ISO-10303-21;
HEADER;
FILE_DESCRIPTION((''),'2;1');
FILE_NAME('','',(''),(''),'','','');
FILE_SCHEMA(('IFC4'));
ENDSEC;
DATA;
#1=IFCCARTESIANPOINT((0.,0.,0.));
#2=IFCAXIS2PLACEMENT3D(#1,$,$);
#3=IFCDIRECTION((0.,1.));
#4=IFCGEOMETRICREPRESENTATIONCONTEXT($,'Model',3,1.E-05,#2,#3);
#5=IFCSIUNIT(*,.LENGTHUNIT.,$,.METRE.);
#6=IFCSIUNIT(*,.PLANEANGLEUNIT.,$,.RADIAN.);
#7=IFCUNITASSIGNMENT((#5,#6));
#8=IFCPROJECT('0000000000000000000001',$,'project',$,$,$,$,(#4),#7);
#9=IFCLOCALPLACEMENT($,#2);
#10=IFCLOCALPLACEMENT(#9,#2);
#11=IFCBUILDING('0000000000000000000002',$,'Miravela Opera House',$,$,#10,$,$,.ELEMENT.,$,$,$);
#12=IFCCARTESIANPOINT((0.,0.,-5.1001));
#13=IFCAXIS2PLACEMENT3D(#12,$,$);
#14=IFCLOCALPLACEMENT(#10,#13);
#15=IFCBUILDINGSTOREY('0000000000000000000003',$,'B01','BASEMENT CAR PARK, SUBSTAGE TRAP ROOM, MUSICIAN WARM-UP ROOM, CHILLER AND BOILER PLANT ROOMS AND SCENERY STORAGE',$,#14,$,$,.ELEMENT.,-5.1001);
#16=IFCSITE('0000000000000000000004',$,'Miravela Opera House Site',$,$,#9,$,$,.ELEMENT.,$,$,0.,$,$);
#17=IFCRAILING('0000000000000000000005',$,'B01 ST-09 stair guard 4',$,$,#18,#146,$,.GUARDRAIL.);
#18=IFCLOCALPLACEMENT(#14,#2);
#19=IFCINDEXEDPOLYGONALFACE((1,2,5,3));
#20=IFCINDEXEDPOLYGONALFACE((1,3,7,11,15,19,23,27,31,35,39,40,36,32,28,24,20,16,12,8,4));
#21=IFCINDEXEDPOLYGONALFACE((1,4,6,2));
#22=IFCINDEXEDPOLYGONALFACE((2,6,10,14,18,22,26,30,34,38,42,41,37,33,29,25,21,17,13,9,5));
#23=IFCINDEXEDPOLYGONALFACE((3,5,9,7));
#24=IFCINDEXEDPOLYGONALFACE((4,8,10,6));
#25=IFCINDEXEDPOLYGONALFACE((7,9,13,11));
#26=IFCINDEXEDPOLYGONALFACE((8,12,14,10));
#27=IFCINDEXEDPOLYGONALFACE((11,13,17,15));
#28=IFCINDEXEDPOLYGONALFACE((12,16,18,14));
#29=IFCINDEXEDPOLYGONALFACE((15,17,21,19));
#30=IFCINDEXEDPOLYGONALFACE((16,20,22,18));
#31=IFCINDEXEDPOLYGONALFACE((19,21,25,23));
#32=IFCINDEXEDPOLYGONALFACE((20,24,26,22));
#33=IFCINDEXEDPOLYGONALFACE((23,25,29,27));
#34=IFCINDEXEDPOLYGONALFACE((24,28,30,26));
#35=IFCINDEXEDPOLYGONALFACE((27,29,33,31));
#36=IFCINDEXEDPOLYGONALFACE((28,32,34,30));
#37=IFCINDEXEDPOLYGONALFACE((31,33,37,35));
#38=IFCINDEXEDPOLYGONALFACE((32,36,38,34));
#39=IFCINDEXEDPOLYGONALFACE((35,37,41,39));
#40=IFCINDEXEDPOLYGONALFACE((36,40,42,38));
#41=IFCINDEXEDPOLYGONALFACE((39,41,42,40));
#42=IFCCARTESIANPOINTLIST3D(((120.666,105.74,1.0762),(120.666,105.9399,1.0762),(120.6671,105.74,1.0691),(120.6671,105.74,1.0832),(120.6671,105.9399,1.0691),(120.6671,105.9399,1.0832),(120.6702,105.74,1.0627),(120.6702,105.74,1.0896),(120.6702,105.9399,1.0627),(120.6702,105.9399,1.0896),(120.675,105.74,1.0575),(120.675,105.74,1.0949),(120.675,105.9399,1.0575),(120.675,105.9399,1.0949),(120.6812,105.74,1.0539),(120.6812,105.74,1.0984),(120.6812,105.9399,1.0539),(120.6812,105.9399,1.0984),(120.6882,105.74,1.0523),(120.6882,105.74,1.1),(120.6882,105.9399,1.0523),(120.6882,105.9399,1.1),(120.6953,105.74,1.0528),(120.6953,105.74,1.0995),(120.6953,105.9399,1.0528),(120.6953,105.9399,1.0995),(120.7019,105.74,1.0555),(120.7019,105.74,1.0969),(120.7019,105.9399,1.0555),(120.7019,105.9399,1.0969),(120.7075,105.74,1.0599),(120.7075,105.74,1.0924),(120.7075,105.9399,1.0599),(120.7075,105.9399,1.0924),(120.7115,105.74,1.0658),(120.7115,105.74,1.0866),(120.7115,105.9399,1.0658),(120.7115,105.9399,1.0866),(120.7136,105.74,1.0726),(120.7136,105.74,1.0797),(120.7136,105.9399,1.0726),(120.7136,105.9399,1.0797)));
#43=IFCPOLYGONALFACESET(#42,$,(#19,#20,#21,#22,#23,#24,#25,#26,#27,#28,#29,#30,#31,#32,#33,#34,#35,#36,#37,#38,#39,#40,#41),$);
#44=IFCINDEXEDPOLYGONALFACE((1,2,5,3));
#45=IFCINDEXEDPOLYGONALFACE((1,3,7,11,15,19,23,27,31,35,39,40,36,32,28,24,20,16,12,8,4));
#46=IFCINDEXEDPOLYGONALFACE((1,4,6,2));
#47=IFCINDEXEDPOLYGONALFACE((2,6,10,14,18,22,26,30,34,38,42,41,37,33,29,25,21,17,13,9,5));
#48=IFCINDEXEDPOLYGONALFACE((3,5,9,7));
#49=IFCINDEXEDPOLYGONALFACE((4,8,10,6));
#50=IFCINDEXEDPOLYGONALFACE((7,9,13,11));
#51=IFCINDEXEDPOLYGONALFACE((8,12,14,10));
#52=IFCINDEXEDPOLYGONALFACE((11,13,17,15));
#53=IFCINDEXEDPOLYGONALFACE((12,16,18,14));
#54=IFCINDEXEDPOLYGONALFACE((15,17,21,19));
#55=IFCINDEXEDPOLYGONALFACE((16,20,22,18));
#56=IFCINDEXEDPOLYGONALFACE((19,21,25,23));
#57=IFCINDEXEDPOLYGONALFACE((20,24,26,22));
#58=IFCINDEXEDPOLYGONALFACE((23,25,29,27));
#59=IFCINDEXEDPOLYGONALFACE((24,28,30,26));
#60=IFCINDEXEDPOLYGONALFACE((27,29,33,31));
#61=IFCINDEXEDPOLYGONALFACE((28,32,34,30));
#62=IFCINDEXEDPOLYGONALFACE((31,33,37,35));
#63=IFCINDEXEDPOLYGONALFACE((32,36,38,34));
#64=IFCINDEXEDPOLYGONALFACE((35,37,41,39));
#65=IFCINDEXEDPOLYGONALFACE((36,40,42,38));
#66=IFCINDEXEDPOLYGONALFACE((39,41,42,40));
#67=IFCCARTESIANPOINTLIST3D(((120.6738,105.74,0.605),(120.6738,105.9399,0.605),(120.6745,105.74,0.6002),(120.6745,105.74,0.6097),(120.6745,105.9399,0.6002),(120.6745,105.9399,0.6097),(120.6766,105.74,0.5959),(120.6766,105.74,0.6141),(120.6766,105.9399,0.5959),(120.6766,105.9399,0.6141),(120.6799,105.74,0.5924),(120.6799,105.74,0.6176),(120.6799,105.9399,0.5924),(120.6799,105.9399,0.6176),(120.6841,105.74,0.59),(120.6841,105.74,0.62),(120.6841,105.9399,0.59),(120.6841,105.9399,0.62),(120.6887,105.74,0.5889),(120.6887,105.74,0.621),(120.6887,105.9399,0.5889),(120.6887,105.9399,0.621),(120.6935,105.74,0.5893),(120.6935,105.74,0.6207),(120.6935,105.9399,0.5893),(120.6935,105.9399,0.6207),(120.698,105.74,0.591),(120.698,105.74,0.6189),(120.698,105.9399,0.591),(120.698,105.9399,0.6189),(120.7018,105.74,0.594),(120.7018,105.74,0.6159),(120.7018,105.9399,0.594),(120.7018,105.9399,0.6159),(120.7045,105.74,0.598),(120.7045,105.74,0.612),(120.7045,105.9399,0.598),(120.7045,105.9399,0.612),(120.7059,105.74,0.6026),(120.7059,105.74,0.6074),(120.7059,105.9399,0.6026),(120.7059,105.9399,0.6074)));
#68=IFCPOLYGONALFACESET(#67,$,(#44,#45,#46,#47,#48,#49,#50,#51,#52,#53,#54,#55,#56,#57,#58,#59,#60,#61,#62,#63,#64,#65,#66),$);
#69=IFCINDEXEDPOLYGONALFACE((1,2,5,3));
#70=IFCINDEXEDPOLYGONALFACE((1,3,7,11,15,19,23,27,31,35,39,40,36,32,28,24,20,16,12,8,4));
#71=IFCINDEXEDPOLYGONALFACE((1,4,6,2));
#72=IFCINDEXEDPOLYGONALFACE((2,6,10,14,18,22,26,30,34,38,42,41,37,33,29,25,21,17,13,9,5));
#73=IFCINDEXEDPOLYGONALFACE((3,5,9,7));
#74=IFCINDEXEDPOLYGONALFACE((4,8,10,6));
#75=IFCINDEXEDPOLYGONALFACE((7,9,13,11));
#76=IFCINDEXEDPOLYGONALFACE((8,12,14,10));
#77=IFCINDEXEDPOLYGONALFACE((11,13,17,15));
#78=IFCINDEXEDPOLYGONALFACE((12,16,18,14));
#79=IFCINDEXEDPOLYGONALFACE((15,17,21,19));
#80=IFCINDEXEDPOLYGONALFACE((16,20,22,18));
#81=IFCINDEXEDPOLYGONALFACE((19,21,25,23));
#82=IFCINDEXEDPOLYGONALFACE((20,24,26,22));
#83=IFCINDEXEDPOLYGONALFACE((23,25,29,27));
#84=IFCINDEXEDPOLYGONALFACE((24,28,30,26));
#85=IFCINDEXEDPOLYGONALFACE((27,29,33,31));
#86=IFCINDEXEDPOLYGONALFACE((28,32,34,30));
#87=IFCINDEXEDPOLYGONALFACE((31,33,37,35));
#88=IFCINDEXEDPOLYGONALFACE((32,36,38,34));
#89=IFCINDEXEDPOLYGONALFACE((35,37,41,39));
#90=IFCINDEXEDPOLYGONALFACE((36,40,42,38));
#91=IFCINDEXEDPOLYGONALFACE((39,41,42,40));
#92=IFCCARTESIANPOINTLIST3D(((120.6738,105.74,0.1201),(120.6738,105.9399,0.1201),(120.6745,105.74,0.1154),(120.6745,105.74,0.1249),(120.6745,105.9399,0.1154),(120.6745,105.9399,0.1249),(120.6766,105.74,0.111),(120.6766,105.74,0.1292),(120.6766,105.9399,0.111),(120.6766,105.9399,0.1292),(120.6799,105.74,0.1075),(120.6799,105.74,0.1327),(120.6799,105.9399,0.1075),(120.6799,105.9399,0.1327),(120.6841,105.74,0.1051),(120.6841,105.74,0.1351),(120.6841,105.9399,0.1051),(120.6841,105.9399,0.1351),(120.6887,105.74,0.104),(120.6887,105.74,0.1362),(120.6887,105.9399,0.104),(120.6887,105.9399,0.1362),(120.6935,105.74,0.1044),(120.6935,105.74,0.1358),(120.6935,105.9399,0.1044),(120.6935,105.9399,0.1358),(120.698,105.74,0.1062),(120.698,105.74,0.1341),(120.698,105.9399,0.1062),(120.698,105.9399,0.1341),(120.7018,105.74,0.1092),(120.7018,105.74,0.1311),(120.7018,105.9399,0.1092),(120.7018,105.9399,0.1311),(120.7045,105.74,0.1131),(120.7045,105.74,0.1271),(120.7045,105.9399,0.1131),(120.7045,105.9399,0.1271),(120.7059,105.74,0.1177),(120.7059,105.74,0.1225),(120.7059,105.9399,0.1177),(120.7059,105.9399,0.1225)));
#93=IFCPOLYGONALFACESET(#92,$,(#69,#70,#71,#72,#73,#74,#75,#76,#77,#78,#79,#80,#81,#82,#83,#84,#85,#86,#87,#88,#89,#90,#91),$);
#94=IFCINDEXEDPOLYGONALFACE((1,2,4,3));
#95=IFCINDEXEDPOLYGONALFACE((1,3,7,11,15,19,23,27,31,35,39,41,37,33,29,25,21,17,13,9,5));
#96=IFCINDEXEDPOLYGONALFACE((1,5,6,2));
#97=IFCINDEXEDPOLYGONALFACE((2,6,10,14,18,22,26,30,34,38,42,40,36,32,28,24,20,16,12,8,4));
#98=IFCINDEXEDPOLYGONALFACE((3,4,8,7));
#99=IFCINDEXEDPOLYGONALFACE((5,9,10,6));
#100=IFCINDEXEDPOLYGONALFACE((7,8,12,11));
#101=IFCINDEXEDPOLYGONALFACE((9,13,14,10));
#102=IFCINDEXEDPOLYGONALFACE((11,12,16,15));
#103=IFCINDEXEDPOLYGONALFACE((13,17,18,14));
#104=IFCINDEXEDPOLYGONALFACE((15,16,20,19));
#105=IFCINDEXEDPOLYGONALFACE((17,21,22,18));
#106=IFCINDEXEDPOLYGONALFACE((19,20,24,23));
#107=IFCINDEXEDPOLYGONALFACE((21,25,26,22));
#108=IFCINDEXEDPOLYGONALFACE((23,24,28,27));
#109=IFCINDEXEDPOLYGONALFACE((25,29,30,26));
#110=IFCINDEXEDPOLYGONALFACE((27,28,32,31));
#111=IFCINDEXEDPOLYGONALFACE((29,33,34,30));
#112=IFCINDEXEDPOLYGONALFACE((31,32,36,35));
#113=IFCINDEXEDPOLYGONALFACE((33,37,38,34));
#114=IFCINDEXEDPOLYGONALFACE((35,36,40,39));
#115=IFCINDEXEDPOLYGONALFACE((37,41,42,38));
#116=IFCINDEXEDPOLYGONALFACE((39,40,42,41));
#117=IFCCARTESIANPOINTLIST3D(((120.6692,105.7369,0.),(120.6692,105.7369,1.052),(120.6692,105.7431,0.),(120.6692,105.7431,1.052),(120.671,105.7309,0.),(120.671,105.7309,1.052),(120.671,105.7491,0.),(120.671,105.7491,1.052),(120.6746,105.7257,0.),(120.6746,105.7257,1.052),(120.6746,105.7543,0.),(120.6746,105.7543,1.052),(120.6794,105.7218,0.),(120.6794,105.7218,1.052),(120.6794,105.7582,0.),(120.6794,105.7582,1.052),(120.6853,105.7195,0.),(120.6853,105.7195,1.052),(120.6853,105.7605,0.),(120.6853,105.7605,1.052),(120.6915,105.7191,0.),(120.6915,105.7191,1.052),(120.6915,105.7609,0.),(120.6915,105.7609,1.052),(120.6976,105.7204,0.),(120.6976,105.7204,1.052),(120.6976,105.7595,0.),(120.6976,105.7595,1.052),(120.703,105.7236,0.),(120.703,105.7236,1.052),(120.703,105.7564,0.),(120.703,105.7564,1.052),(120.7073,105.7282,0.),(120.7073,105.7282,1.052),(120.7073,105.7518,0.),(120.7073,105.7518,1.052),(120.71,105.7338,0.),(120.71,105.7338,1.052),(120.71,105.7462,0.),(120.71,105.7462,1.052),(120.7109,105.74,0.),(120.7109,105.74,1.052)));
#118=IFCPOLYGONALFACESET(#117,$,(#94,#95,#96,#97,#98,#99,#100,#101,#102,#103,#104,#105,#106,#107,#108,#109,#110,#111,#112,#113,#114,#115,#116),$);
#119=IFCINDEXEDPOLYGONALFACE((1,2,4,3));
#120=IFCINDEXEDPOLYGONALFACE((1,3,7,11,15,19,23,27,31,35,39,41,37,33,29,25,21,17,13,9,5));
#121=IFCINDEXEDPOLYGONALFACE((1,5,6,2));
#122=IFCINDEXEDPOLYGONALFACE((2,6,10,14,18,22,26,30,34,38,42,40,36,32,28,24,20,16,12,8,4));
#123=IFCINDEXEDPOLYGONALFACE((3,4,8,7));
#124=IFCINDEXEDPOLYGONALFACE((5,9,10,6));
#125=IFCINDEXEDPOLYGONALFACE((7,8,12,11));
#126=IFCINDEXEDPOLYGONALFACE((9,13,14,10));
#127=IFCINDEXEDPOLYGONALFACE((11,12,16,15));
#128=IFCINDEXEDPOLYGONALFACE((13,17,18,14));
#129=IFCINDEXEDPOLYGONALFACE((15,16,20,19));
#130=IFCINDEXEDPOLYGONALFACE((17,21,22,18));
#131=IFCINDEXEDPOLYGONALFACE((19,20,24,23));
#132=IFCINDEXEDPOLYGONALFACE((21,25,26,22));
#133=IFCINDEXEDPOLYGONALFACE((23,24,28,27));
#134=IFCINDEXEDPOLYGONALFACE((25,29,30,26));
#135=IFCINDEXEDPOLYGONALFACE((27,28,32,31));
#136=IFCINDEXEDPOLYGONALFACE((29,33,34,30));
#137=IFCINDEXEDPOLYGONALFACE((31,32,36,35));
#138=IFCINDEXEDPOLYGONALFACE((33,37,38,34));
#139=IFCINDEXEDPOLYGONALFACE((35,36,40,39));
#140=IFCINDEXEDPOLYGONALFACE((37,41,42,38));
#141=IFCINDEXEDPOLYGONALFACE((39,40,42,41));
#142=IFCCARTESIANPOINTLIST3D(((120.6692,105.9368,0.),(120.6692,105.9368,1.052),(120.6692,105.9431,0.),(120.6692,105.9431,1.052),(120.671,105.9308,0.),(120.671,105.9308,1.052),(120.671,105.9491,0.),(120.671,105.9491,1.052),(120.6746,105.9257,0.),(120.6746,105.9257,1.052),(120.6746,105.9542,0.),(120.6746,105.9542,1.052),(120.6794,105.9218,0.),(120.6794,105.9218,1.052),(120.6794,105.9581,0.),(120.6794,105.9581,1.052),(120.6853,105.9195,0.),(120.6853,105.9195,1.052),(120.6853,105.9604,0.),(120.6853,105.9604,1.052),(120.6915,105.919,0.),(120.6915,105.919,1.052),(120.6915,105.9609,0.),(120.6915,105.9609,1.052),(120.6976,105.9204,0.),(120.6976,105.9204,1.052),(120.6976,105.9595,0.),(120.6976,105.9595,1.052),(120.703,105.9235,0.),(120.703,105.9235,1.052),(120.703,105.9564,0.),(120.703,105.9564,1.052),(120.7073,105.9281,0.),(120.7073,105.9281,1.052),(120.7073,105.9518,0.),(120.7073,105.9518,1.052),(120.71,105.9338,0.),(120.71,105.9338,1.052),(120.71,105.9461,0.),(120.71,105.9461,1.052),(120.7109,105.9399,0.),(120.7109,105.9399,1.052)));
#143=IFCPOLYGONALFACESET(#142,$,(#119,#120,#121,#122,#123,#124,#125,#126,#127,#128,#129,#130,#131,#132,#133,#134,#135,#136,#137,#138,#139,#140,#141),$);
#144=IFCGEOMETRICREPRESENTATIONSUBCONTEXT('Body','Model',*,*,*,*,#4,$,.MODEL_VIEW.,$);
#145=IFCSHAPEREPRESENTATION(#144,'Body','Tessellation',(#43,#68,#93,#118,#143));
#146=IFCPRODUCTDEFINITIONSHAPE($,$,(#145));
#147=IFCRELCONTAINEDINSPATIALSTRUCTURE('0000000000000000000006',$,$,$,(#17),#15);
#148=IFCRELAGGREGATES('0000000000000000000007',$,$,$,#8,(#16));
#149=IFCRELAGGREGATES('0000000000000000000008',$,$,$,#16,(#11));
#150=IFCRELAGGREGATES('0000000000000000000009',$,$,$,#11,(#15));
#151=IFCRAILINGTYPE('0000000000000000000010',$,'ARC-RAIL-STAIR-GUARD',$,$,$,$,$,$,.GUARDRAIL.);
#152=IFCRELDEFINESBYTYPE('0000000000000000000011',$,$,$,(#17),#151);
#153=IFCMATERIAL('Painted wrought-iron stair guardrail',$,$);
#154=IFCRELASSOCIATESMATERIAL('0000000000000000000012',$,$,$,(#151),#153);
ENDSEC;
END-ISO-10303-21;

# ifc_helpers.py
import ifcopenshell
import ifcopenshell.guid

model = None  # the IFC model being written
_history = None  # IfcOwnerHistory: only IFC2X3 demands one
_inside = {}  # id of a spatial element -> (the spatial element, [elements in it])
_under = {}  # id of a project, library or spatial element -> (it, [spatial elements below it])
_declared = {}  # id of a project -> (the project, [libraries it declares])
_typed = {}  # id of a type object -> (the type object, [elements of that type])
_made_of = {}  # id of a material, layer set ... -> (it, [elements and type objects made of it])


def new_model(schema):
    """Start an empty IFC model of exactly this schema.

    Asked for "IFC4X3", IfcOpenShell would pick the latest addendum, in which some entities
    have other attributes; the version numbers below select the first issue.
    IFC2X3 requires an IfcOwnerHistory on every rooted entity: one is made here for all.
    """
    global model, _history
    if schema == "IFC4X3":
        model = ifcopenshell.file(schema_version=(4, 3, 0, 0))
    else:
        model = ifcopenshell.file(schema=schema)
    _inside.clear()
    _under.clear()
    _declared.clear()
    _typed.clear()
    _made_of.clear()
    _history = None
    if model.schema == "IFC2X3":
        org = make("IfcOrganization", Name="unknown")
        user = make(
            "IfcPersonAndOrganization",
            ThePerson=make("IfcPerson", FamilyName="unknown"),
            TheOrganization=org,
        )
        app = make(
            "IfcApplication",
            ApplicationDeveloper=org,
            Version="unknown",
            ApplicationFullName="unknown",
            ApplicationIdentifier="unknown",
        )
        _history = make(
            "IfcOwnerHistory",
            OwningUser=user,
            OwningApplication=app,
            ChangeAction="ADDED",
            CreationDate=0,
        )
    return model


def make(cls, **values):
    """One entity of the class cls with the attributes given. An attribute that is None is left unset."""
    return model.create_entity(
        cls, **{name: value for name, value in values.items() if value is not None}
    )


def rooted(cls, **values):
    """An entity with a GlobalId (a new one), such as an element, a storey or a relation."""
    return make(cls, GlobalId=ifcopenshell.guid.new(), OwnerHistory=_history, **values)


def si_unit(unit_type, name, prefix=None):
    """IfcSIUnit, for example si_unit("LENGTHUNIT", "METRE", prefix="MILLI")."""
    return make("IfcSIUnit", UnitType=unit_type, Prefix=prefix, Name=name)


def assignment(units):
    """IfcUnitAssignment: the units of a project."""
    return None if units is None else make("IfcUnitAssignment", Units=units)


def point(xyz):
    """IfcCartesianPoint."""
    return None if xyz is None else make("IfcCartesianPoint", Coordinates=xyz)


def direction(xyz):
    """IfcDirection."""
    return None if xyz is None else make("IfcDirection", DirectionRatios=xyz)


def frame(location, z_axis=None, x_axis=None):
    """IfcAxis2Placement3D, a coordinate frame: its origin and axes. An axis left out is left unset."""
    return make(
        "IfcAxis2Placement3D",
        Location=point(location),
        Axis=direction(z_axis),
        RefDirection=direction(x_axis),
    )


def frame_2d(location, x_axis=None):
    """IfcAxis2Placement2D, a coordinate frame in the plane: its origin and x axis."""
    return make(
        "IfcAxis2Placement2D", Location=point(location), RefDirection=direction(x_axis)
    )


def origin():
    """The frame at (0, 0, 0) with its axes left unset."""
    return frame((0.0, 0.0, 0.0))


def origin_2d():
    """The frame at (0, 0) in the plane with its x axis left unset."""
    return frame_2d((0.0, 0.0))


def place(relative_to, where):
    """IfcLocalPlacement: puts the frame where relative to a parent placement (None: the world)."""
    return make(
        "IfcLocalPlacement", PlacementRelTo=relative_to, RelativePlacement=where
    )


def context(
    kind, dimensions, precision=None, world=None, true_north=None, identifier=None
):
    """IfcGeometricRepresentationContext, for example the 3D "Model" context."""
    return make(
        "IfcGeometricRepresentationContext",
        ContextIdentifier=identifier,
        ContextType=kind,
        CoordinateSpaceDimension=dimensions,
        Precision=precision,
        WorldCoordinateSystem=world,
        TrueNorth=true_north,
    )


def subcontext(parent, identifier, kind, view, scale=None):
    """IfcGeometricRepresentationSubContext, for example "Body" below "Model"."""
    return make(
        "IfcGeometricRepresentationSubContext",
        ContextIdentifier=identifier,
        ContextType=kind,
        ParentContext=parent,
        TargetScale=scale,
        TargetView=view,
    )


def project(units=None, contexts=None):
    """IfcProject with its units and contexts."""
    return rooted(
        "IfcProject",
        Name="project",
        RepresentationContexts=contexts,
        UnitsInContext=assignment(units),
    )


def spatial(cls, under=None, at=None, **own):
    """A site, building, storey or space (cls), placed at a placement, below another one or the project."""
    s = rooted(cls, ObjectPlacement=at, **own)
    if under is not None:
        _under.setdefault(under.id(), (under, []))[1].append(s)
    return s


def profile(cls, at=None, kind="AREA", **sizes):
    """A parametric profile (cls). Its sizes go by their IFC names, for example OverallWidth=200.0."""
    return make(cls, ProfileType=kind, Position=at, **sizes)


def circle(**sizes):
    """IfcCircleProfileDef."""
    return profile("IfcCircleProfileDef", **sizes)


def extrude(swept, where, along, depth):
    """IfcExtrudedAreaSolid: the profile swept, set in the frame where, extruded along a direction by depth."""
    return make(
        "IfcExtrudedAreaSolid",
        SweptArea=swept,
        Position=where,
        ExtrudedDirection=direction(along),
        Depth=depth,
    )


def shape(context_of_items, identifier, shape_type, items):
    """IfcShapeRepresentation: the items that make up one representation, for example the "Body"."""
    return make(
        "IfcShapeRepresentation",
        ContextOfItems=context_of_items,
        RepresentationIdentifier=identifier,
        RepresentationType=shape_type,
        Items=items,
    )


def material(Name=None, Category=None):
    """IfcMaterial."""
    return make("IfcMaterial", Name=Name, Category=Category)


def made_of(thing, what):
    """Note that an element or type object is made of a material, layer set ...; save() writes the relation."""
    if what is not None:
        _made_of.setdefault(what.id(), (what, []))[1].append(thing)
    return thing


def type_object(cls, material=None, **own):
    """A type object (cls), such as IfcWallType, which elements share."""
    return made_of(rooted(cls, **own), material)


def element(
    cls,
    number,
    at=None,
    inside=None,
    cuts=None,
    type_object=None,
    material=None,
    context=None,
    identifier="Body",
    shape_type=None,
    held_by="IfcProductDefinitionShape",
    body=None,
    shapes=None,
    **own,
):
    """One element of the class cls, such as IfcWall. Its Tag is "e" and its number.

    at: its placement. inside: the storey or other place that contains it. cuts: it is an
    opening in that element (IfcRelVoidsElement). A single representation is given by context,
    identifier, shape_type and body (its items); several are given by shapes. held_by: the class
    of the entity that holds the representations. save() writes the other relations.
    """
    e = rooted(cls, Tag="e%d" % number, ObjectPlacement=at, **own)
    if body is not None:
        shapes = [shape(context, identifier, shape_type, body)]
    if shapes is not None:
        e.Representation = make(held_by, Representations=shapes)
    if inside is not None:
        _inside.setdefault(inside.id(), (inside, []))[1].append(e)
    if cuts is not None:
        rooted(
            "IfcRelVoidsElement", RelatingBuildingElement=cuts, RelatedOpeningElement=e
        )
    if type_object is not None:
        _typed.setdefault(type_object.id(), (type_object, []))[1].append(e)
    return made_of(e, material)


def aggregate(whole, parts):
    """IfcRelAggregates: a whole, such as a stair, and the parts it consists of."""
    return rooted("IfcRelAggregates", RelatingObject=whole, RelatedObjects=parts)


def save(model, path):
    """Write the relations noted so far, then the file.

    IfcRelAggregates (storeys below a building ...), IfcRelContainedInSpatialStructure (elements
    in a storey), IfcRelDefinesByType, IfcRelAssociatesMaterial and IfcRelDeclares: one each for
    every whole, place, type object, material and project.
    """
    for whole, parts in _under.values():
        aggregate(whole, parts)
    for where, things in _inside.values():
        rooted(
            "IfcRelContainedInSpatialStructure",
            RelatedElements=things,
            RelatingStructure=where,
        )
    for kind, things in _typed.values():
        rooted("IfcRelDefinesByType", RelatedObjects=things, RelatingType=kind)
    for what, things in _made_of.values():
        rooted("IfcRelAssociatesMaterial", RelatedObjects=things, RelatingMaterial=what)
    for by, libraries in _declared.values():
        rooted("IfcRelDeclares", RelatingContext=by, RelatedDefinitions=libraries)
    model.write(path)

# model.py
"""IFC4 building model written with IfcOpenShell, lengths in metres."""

from ifc_helpers import new_model, si_unit, direction, frame, origin, origin_2d, place, context, subcontext, project, spatial, circle, extrude, material, type_object, element, save


model = new_model("IFC4")

# Units and contexts
model_context = context("Model", 3, precision=1e-05, world=origin(), true_north=direction((0.0, 1.0)))
body_context = subcontext(model_context, "Body", "Model", "MODEL_VIEW")
ifc_project = project(units=[si_unit("LENGTHUNIT", "METRE"), si_unit("PLANEANGLEUNIT", "RADIAN")], contexts=[model_context])

# Site, building, storey
site_placement = place(None, origin())
site = spatial("IfcSite", under=ifc_project, at=site_placement, Name="Miravela Opera House Site", CompositionType="ELEMENT", RefElevation=0.0)
building_placement = place(site_placement, origin())
building = spatial("IfcBuilding", under=site, at=building_placement, Name="Miravela Opera House", CompositionType="ELEMENT")
storey_placement = place(building_placement, frame((0.0, 0.0, -5.1001)))
storey = spatial("IfcBuildingStorey", under=building, at=storey_placement, Name="B01", Description="BASEMENT CAR PARK, SUBSTAGE TRAP ROOM, MUSICIAN WARM-UP ROOM, CHILLER AND BOILER PLANT ROOMS AND SCENERY STORAGE", CompositionType="ELEMENT", Elevation=-5.1001)

# Railing
ifc_material_1 = material(Name="Painted wrought-iron stair guardrail")
railing_type_1 = type_object("IfcRailingType", Name="ARC-RAIL-STAIR-GUARD", PredefinedType="GUARDRAIL", material=ifc_material_1)
railing_1_placement = place(storey_placement, frame((120.6899, 105.74, 0.0)))
element("IfcRailing", 1, at=railing_1_placement, inside=storey, type_object=railing_type_1, Name="B01 ST-09 stair guard 4", PredefinedType="GUARDRAIL", context=body_context, shape_type="SweptSolid", body=[
    extrude(circle(Radius=0.0239, at=origin_2d()), frame((0.0, 0.0, 1.0762), z_axis=(0.0, 1.0, 0.0), x_axis=(-1.0, 0.0, 0.0)), (0.0, 0.0, 1.0), 0.2),
    extrude(circle(Radius=0.0161, at=origin_2d()), frame((0.0, 0.0, 0.605), z_axis=(0.0, 1.0, 0.0), x_axis=(-1.0, 0.0, 0.0)), (0.0, 0.0, 1.0), 0.2),
    extrude(circle(Radius=0.0161, at=origin_2d()), frame((0.0, 0.0, 0.1201), z_axis=(0.0, 1.0, 0.0), x_axis=(-1.0, 0.0, 0.0)), (0.0, 0.0, 1.0), 0.2),
    extrude(circle(Radius=0.021, at=origin_2d()), origin(), (0.0, 0.0, 1.0), 1.052),
    extrude(circle(Radius=0.021, at=origin_2d()), frame((0.0, 0.2, 0.0)), (0.0, 0.0, 1.0), 1.052),
])

save(model, "model.ifc")
